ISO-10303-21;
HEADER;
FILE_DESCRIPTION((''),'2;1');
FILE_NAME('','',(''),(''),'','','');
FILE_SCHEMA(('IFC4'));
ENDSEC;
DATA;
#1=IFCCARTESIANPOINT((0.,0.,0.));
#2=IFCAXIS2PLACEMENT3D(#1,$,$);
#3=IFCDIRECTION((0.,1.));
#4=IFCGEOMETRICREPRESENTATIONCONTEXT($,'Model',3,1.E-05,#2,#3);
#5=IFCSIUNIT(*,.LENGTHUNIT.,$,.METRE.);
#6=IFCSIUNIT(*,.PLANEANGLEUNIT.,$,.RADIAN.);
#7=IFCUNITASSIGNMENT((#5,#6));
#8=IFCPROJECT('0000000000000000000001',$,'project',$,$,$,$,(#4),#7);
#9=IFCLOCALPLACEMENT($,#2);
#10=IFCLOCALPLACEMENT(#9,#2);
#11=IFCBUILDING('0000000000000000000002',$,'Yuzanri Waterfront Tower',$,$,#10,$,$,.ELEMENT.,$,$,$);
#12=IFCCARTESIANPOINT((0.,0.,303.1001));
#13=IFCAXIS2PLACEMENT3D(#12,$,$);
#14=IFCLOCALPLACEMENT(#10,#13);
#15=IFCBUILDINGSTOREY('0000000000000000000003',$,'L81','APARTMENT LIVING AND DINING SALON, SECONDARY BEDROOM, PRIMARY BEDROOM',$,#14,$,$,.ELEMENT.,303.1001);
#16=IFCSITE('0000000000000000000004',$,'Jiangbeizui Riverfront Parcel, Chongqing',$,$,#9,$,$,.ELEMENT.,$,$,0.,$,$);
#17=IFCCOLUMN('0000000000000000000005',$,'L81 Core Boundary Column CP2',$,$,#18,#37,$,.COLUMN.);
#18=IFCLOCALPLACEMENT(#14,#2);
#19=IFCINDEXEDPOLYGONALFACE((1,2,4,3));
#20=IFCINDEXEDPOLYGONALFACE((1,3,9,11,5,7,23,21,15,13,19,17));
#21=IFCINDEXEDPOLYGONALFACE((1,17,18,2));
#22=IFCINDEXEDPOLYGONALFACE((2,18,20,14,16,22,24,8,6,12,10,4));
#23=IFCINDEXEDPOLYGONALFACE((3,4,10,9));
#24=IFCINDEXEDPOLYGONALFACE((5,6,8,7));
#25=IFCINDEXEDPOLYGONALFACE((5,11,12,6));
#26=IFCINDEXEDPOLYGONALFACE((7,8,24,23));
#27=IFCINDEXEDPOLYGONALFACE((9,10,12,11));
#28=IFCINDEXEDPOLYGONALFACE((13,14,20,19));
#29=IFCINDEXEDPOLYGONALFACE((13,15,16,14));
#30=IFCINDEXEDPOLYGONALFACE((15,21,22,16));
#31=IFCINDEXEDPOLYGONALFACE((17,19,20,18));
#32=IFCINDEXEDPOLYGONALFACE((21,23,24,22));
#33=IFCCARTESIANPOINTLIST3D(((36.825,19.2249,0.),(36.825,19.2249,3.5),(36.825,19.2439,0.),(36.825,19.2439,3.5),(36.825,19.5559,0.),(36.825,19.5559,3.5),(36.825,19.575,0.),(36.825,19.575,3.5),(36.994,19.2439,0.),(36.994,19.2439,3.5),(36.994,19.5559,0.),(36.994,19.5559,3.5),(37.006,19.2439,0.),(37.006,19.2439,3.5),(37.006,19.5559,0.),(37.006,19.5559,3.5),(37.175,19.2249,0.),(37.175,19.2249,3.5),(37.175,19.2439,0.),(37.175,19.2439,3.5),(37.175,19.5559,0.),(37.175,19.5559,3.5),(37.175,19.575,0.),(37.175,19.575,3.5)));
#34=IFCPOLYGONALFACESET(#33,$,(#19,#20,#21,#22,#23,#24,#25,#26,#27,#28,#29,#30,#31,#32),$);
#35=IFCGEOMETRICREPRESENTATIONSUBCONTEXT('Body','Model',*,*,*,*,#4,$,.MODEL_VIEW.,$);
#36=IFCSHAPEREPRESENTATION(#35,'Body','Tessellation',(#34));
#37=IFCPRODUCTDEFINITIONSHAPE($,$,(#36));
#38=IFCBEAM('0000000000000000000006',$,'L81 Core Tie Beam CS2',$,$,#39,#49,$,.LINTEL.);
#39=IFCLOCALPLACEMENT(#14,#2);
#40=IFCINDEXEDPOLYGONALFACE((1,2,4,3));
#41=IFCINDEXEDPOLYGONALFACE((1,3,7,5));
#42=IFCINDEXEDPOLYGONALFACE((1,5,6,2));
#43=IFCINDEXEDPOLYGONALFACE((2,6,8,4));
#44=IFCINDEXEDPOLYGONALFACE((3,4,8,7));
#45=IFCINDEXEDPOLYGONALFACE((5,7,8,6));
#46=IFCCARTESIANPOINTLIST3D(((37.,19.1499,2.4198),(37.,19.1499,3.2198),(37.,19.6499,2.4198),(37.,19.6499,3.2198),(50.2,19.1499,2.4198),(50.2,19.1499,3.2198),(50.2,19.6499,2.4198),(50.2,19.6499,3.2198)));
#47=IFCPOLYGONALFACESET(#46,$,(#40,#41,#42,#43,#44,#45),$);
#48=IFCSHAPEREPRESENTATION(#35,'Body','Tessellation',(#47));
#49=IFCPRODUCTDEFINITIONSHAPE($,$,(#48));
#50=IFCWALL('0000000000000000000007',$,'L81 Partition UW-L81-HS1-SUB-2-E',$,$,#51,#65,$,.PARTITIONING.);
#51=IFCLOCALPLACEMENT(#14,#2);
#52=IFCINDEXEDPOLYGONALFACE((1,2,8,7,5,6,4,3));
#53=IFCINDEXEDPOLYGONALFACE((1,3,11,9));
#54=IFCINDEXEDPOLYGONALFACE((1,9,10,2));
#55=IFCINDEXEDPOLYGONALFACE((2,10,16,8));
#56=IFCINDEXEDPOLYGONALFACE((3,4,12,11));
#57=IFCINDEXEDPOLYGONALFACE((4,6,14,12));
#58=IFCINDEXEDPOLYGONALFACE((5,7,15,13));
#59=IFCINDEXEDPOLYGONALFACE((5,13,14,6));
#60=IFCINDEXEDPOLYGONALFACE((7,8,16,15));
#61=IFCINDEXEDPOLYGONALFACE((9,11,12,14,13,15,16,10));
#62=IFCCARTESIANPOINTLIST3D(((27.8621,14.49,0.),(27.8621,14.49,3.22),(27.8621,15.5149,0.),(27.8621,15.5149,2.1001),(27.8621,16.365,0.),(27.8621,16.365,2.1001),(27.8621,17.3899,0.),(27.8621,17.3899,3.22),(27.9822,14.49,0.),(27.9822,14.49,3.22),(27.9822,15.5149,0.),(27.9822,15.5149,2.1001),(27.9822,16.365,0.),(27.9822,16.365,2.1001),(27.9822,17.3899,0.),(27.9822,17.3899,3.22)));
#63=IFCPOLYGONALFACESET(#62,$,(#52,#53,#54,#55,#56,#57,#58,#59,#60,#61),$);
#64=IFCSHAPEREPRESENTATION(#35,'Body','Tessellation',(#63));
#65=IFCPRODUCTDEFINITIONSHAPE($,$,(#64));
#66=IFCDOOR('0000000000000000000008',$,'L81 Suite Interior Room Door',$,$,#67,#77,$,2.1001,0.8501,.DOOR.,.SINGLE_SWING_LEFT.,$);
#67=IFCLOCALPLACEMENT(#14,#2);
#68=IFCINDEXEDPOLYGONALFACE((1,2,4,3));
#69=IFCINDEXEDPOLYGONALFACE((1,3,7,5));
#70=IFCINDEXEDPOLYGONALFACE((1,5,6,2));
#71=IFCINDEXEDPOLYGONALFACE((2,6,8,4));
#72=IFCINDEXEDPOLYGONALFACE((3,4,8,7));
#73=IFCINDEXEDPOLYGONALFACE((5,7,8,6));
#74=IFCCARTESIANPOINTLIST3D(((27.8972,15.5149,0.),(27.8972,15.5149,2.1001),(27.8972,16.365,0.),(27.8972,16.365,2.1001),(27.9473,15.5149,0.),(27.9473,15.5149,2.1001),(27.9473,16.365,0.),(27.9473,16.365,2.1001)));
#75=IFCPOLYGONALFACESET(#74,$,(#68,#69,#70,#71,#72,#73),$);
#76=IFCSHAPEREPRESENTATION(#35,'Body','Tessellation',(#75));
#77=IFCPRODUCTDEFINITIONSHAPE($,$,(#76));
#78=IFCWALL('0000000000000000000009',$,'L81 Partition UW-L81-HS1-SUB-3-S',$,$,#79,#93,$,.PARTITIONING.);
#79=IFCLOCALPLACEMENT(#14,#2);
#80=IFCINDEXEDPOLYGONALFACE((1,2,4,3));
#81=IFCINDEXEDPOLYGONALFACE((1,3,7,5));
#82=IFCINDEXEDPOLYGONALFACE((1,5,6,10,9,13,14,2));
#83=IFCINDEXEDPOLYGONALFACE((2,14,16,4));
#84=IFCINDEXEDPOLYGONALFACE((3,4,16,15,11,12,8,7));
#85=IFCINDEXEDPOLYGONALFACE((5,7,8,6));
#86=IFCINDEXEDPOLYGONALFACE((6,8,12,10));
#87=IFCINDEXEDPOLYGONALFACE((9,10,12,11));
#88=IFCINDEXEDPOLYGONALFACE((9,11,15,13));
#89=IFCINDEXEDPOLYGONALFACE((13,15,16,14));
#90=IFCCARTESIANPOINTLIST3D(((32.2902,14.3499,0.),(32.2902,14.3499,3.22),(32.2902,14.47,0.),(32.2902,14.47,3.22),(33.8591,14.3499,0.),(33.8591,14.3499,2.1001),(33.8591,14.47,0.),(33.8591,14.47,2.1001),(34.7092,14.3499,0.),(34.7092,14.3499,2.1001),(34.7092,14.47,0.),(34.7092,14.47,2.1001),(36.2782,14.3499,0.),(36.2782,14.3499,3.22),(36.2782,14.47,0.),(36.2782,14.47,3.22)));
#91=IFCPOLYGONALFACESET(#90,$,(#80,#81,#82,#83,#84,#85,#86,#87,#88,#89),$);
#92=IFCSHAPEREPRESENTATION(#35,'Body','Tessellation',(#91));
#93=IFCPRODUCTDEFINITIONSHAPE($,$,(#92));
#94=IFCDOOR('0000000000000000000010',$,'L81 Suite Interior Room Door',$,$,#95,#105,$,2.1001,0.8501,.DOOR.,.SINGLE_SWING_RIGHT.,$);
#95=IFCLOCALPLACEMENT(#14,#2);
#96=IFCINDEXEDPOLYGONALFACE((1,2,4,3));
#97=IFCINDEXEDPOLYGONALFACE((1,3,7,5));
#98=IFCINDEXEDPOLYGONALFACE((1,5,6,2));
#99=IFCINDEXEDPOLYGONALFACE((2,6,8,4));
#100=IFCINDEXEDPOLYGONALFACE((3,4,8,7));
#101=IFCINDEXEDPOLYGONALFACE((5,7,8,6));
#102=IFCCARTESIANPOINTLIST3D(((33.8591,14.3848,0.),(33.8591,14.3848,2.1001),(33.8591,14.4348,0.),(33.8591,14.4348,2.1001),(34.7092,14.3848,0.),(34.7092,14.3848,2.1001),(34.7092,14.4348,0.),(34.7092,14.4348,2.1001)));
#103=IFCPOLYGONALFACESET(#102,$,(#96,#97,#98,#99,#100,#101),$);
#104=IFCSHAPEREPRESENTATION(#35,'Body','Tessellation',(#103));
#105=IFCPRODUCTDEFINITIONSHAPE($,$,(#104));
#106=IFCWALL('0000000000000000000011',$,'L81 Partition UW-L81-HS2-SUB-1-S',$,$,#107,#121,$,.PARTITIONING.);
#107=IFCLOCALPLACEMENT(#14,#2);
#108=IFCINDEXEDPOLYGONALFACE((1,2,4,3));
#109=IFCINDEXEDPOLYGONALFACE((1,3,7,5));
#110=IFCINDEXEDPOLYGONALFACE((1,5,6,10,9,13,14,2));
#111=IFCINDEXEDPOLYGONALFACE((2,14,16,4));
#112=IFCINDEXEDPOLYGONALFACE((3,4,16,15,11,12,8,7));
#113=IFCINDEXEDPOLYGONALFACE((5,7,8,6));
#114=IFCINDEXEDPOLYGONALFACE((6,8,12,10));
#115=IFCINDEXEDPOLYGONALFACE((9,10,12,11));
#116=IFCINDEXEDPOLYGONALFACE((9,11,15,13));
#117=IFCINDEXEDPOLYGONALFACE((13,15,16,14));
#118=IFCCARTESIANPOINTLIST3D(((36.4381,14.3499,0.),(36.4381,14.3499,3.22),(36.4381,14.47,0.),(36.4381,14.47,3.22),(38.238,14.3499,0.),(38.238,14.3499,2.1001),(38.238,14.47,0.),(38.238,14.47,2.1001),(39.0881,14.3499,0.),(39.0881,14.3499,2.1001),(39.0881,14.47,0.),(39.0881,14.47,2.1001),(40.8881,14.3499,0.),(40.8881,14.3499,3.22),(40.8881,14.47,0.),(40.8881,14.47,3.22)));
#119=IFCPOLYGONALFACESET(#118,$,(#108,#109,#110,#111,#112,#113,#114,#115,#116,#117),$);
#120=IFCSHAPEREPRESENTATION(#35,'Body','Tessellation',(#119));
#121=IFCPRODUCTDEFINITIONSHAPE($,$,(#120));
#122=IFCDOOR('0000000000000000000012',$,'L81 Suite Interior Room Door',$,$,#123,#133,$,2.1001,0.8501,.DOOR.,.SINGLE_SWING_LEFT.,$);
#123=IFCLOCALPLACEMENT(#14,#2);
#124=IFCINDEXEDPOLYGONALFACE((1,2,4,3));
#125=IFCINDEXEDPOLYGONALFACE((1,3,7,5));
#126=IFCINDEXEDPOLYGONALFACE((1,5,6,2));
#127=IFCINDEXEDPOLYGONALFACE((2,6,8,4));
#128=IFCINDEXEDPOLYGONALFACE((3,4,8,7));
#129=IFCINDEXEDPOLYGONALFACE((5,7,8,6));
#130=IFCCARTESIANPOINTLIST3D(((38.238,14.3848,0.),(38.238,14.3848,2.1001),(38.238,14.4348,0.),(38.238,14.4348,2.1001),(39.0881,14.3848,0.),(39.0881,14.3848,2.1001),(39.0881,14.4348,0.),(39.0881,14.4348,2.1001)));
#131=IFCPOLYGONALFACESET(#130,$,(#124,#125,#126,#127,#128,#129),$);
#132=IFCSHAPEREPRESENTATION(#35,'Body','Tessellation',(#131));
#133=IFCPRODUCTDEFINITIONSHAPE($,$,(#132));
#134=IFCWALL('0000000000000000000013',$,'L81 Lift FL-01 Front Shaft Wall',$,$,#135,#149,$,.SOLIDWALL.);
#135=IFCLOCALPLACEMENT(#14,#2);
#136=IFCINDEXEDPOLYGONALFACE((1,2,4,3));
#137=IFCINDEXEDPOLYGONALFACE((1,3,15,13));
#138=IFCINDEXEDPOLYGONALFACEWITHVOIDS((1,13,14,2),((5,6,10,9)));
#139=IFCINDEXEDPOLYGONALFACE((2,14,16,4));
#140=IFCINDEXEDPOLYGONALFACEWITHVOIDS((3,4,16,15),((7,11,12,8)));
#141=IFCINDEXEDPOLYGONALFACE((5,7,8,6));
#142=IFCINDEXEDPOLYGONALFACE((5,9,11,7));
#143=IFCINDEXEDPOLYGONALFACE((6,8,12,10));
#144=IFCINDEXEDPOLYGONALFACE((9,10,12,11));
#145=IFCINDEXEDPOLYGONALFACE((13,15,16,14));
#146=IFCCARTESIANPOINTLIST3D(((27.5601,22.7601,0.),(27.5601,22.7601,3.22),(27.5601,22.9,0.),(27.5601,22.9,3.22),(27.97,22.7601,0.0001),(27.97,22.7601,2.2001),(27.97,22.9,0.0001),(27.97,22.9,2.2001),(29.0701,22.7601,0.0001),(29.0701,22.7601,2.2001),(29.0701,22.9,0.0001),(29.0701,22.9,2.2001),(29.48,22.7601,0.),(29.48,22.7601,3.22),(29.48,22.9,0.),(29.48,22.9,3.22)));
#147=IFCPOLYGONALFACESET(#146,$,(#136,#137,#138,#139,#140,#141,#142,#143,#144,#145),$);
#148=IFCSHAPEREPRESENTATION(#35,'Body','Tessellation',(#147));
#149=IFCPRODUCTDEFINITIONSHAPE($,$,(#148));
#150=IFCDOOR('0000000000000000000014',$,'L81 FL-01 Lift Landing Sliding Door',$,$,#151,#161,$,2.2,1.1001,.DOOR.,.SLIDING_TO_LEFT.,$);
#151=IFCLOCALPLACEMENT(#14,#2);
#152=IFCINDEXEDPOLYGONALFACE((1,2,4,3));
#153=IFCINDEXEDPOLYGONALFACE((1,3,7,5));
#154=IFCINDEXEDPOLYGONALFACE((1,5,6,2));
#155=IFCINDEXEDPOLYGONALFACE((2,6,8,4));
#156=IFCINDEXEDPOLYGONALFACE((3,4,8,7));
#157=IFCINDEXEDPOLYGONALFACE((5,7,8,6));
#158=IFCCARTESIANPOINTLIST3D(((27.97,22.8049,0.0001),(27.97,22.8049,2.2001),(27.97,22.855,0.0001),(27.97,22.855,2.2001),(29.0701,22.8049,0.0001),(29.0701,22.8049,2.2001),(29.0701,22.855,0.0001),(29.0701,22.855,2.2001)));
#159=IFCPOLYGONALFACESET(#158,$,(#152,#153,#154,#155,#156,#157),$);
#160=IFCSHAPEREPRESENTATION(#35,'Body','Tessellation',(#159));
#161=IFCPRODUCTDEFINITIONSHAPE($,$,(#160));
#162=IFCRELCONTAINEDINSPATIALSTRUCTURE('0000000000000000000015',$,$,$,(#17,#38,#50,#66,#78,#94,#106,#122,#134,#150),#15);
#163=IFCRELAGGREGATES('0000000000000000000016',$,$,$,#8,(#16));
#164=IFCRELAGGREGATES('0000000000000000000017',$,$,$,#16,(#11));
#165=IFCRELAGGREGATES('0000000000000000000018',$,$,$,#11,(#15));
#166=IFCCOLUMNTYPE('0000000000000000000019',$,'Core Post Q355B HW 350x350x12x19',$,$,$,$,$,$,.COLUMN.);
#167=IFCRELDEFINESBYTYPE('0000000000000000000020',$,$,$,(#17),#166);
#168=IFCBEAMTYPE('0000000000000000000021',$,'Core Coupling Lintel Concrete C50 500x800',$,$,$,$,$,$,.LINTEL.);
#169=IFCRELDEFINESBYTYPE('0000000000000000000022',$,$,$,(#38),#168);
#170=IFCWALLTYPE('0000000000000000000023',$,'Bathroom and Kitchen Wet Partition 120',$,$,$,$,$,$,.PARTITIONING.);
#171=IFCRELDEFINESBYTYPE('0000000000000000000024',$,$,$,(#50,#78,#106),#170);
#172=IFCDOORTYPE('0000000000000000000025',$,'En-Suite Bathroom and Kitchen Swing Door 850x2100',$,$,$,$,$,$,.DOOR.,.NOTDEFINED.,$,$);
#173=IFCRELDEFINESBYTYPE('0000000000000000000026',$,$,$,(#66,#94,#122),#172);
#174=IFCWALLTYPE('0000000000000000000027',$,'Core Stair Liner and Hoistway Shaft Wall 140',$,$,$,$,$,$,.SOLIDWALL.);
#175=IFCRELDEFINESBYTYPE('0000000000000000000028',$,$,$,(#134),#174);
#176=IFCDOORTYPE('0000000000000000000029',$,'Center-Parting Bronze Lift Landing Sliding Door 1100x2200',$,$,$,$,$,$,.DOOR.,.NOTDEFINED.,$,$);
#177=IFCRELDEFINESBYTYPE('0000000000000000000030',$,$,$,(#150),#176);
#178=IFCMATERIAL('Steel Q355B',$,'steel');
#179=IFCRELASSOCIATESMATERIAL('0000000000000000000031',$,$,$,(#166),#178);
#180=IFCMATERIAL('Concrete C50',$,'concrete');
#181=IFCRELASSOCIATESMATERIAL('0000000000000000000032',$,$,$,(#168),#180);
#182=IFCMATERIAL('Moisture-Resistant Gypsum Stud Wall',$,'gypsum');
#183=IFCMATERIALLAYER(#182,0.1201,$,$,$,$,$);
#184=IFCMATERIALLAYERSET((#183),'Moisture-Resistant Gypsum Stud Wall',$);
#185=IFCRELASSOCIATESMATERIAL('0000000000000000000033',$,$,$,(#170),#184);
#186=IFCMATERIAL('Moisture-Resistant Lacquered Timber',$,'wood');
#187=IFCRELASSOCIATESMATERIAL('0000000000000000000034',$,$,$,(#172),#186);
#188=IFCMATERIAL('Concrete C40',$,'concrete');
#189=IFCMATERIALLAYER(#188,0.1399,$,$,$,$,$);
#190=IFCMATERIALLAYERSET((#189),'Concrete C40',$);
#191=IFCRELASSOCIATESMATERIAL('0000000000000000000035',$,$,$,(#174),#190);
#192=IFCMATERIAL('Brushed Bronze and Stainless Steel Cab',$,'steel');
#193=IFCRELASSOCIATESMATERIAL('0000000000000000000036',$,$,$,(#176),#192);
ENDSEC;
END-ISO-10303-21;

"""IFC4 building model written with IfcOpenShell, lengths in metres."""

from ifc_helpers import new_model, si_unit, direction, frame, frame_2d, origin, origin_2d, place, context, subcontext, project, spatial, rectangle, i_section, extrude, source, transform, mapped, material, layer, layer_set, material_profile, profile_set, type_object, element, fill, save


model = new_model("IFC4")

# Units and contexts
model_context = context("Model", 3, precision=1e-05, world=origin(), true_north=direction((0.0, 1.0)))
body_context = subcontext(model_context, "Body", "Model", "MODEL_VIEW")
ifc_project = project(units=[si_unit("LENGTHUNIT", "METRE"), si_unit("PLANEANGLEUNIT", "RADIAN")], contexts=[model_context])

# Site, building, storey
site_placement = place(None, origin())
site = spatial("IfcSite", under=ifc_project, at=site_placement, Name="Jiangbeizui Riverfront Parcel, Chongqing", CompositionType="ELEMENT", RefElevation=0.0)
building_placement = place(site_placement, origin())
building = spatial("IfcBuilding", under=site, at=building_placement, Name="Yuzanri Waterfront Tower", CompositionType="ELEMENT")
storey_placement = place(building_placement, frame((0.0, 0.0, 303.1001)))
storey = spatial("IfcBuildingStorey", under=building, at=storey_placement, Name="L81", Description="APARTMENT LIVING AND DINING SALON, SECONDARY BEDROOM, PRIMARY BEDROOM", CompositionType="ELEMENT", Elevation=303.1001)

# Column
ifc_material_1 = material(Name="Steel Q355B", Category="steel")
ifc_material_profile_1 = material_profile(ifc_material_1, i_section(OverallWidth=0.3501, OverallDepth=0.3501, WebThickness=0.012, FlangeThickness=0.019, at=origin_2d()), Name="HW 350x350x12x19")
ifc_profile_set_1 = profile_set([ifc_material_profile_1], Name="Steel Q355B")
column_type = type_object("IfcColumnType", Name="Core Post Q355B HW 350x350x12x19", PredefinedType="COLUMN", material=ifc_profile_set_1)
shared_shape_1 = source(origin(), body_context, "Body", "SweptSolid", [
    extrude(i_section(OverallWidth=0.3501, OverallDepth=0.3501, WebThickness=0.012, FlangeThickness=0.019, at=origin_2d()), origin(), (0.0, 0.0, 1.0), 3.5),
])
column_placement = place(storey_placement, frame((37.0, 19.3999, 0.0), z_axis=(0.0, 0.0, 1.0), x_axis=(1.0, 0.0, 0.0)))
element("IfcColumn", 1, at=column_placement, inside=storey, type_object=column_type, Name="L81 Core Boundary Column CP2", PredefinedType="COLUMN", context=body_context, shape_type="MappedRepresentation", body=[
    mapped(shared_shape_1, transform((0.0, 0.0, 0.0), scale=1.0)),
])

# Beam
ifc_material_2 = material(Name="Concrete C50", Category="concrete")
ifc_material_profile_2 = material_profile(ifc_material_2, rectangle(XDim=0.5, YDim=0.8, at=origin_2d()), Name="RC 500x800")
ifc_profile_set_2 = profile_set([ifc_material_profile_2], Name="Concrete C50")
beam_type = type_object("IfcBeamType", Name="Core Coupling Lintel Concrete C50 500x800", PredefinedType="LINTEL", material=ifc_profile_set_2)
shared_shape_2 = source(origin(), body_context, "Body", "SweptSolid", [
    extrude(rectangle(XDim=0.5, YDim=0.8, at=origin_2d()), origin(), (0.0, 0.0, 1.0), 13.2),
])
beam_placement = place(storey_placement, frame((37.0, 19.3999, 2.8198), z_axis=(1.0, 0.0, 0.0), x_axis=(0.0, 1.0, 0.0)))
element("IfcBeam", 2, at=beam_placement, inside=storey, type_object=beam_type, Name="L81 Core Tie Beam CS2", PredefinedType="LINTEL", context=body_context, shape_type="MappedRepresentation", body=[
    mapped(shared_shape_2, transform((0.0, 0.0, 0.0), scale=1.0)),
])

# Walls, openings, doors
ifc_material_3 = material(Name="Moisture-Resistant Gypsum Stud Wall", Category="gypsum")
ifc_layer_1 = layer(ifc_material_3, 0.1201)
ifc_layer_set_1 = layer_set([ifc_layer_1], Name="Moisture-Resistant Gypsum Stud Wall")
wall_type_1 = type_object("IfcWallType", Name="Bathroom and Kitchen Wet Partition 120", PredefinedType="PARTITIONING", material=ifc_layer_set_1)
wall_1_placement = place(storey_placement, frame((27.9221, 14.49, 0.0), z_axis=(0.0, 0.0, 1.0), x_axis=(0.0, 1.0, 0.0)))
wall_1 = element("IfcWall", 3, at=wall_1_placement, inside=storey, type_object=wall_type_1, Name="L81 Partition UW-L81-HS1-SUB-2-E", PredefinedType="PARTITIONING", context=body_context, shape_type="SweptSolid", body=[
    extrude(rectangle(XDim=2.8999, YDim=0.1201, at=frame_2d((1.45, 0.0))), origin(), (0.0, 0.0, 1.0), 3.22),
])
opening_1_placement = place(wall_1_placement, frame((1.0249, 0.0, 0.0)))
opening_1 = element("IfcOpeningElement", 4, at=opening_1_placement, cuts=wall_1, PredefinedType="OPENING", context=body_context, shape_type="SweptSolid", body=[
    extrude(rectangle(XDim=0.8501, YDim=2.1001, at=frame_2d((0.425, 1.05))), frame((0.0, 0.075, 0.0), z_axis=(0.0, -1.0, 0.0), x_axis=(1.0, 0.0, 0.0)), (0.0, 0.0, 1.0), 0.1499),
])
ifc_material_4 = material(Name="Moisture-Resistant Lacquered Timber", Category="wood")
door_type_1 = type_object("IfcDoorType", Name="En-Suite Bathroom and Kitchen Swing Door 850x2100", OperationType="NOTDEFINED", PredefinedType="DOOR", material=ifc_material_4)
shared_shape_3 = source(origin(), body_context, "Body", "SweptSolid", [
    extrude(rectangle(XDim=0.8501, YDim=2.1001, at=frame_2d((0.425, 1.05))), frame((0.0, 0.0249, 0.0), z_axis=(0.0, -1.0, 0.0), x_axis=(1.0, 0.0, 0.0)), (0.0, 0.0, 1.0), 0.05),
])
door_1_placement = place(opening_1_placement, origin())
door_1 = element("IfcDoor", 5, at=door_1_placement, inside=storey, type_object=door_type_1, Name="L81 Suite Interior Room Door", OperationType="SINGLE_SWING_LEFT", OverallHeight=2.1001, OverallWidth=0.8501, PredefinedType="DOOR", context=body_context, shape_type="MappedRepresentation", body=[
    mapped(shared_shape_3, transform((0.0, 0.0, 0.0), scale=1.0)),
])
fill(opening_1, door_1)
wall_2_placement = place(storey_placement, frame((32.29, 14.4099, 0.0), z_axis=(0.0, 0.0, 1.0), x_axis=(1.0, 0.0, 0.0)))
wall_2 = element("IfcWall", 6, at=wall_2_placement, inside=storey, type_object=wall_type_1, Name="L81 Partition UW-L81-HS1-SUB-3-S", PredefinedType="PARTITIONING", context=body_context, shape_type="SweptSolid", body=[
    extrude(rectangle(XDim=3.988, YDim=0.1201, at=frame_2d((1.9941, 0.0))), origin(), (0.0, 0.0, 1.0), 3.22),
])
opening_2_placement = place(wall_2_placement, frame((1.5691, 0.0, 0.0)))
opening_2 = element("IfcOpeningElement", 7, at=opening_2_placement, cuts=wall_2, PredefinedType="OPENING", context=body_context, shape_type="SweptSolid", body=[
    extrude(rectangle(XDim=0.8501, YDim=2.1001, at=frame_2d((0.425, 1.05))), frame((0.0, 0.075, 0.0), z_axis=(0.0, -1.0, 0.0), x_axis=(1.0, 0.0, 0.0)), (0.0, 0.0, 1.0), 0.1499),
])
door_2_placement = place(opening_2_placement, origin())
door_2 = element("IfcDoor", 8, at=door_2_placement, inside=storey, type_object=door_type_1, Name="L81 Suite Interior Room Door", OperationType="SINGLE_SWING_RIGHT", OverallHeight=2.1001, OverallWidth=0.8501, PredefinedType="DOOR", context=body_context, shape_type="MappedRepresentation", body=[
    mapped(shared_shape_3, transform((0.0, 0.0, 0.0), scale=1.0)),
])
fill(opening_2, door_2)
wall_3_placement = place(storey_placement, frame((36.438, 14.4099, 0.0), z_axis=(0.0, 0.0, 1.0), x_axis=(1.0, 0.0, 0.0)))
wall_3 = element("IfcWall", 9, at=wall_3_placement, inside=storey, type_object=wall_type_1, Name="L81 Partition UW-L81-HS2-SUB-1-S", PredefinedType="PARTITIONING", context=body_context, shape_type="SweptSolid", body=[
    extrude(rectangle(XDim=4.45, YDim=0.1201, at=frame_2d((2.2251, 0.0))), origin(), (0.0, 0.0, 1.0), 3.22),
])
opening_3_placement = place(wall_3_placement, frame((1.8, 0.0, 0.0)))
opening_3 = element("IfcOpeningElement", 10, at=opening_3_placement, cuts=wall_3, PredefinedType="OPENING", context=body_context, shape_type="SweptSolid", body=[
    extrude(rectangle(XDim=0.8501, YDim=2.1001, at=frame_2d((0.425, 1.05))), frame((0.0, 0.075, 0.0), z_axis=(0.0, -1.0, 0.0), x_axis=(1.0, 0.0, 0.0)), (0.0, 0.0, 1.0), 0.1499),
])
door_3_placement = place(opening_3_placement, origin())
door_3 = element("IfcDoor", 11, at=door_3_placement, inside=storey, type_object=door_type_1, Name="L81 Suite Interior Room Door", OperationType="SINGLE_SWING_LEFT", OverallHeight=2.1001, OverallWidth=0.8501, PredefinedType="DOOR", context=body_context, shape_type="MappedRepresentation", body=[
    mapped(shared_shape_3, transform((0.0, 0.0, 0.0), scale=1.0)),
])
fill(opening_3, door_3)
ifc_material_5 = material(Name="Concrete C40", Category="concrete")
ifc_layer_2 = layer(ifc_material_5, 0.1399)
ifc_layer_set_2 = layer_set([ifc_layer_2], Name="Concrete C40")
wall_type_2 = type_object("IfcWallType", Name="Core Stair Liner and Hoistway Shaft Wall 140", PredefinedType="SOLIDWALL", material=ifc_layer_set_2)
wall_4_placement = place(storey_placement, frame((27.5601, 22.8301, 0.0), z_axis=(0.0, 0.0, 1.0), x_axis=(1.0, 0.0, 0.0)))
wall_4 = element("IfcWall", 12, at=wall_4_placement, inside=storey, type_object=wall_type_2, Name="L81 Lift FL-01 Front Shaft Wall", PredefinedType="SOLIDWALL", context=body_context, shape_type="SweptSolid", body=[
    extrude(rectangle(XDim=1.9199, YDim=0.1399, at=frame_2d((0.96, 0.0))), origin(), (0.0, 0.0, 1.0), 3.22),
])
opening_4_placement = place(wall_4_placement, frame((0.4099, 0.0, 0.0)))
opening_4 = element("IfcOpeningElement", 13, at=opening_4_placement, cuts=wall_4, PredefinedType="OPENING", context=body_context, shape_type="SweptSolid", body=[
    extrude(rectangle(XDim=1.1001, YDim=2.2, at=frame_2d((0.55, 1.1001))), frame((0.0, 0.085, 0.0), z_axis=(0.0, -1.0, 0.0), x_axis=(1.0, 0.0, 0.0)), (0.0, 0.0, 1.0), 0.1697),
])
ifc_material_6 = material(Name="Brushed Bronze and Stainless Steel Cab", Category="steel")
door_type_2 = type_object("IfcDoorType", Name="Center-Parting Bronze Lift Landing Sliding Door 1100x2200", OperationType="NOTDEFINED", PredefinedType="DOOR", material=ifc_material_6)
shared_shape_4 = source(origin(), body_context, "Body", "SweptSolid", [
    extrude(rectangle(XDim=1.1001, YDim=2.2, at=frame_2d((0.55, 1.1001))), frame((0.0, 0.0249, 0.0), z_axis=(0.0, -1.0, 0.0), x_axis=(1.0, 0.0, 0.0)), (0.0, 0.0, 1.0), 0.05),
])
door_4_placement = place(opening_4_placement, origin())
door_4 = element("IfcDoor", 14, at=door_4_placement, inside=storey, type_object=door_type_2, Name="L81 FL-01 Lift Landing Sliding Door", OperationType="SLIDING_TO_LEFT", OverallHeight=2.2, OverallWidth=1.1001, PredefinedType="DOOR", context=body_context, shape_type="MappedRepresentation", body=[
    mapped(shared_shape_4, transform((0.0, 0.0, 0.0), scale=1.0)),
])
fill(opening_4, door_4)

save(model, "model.ifc")
